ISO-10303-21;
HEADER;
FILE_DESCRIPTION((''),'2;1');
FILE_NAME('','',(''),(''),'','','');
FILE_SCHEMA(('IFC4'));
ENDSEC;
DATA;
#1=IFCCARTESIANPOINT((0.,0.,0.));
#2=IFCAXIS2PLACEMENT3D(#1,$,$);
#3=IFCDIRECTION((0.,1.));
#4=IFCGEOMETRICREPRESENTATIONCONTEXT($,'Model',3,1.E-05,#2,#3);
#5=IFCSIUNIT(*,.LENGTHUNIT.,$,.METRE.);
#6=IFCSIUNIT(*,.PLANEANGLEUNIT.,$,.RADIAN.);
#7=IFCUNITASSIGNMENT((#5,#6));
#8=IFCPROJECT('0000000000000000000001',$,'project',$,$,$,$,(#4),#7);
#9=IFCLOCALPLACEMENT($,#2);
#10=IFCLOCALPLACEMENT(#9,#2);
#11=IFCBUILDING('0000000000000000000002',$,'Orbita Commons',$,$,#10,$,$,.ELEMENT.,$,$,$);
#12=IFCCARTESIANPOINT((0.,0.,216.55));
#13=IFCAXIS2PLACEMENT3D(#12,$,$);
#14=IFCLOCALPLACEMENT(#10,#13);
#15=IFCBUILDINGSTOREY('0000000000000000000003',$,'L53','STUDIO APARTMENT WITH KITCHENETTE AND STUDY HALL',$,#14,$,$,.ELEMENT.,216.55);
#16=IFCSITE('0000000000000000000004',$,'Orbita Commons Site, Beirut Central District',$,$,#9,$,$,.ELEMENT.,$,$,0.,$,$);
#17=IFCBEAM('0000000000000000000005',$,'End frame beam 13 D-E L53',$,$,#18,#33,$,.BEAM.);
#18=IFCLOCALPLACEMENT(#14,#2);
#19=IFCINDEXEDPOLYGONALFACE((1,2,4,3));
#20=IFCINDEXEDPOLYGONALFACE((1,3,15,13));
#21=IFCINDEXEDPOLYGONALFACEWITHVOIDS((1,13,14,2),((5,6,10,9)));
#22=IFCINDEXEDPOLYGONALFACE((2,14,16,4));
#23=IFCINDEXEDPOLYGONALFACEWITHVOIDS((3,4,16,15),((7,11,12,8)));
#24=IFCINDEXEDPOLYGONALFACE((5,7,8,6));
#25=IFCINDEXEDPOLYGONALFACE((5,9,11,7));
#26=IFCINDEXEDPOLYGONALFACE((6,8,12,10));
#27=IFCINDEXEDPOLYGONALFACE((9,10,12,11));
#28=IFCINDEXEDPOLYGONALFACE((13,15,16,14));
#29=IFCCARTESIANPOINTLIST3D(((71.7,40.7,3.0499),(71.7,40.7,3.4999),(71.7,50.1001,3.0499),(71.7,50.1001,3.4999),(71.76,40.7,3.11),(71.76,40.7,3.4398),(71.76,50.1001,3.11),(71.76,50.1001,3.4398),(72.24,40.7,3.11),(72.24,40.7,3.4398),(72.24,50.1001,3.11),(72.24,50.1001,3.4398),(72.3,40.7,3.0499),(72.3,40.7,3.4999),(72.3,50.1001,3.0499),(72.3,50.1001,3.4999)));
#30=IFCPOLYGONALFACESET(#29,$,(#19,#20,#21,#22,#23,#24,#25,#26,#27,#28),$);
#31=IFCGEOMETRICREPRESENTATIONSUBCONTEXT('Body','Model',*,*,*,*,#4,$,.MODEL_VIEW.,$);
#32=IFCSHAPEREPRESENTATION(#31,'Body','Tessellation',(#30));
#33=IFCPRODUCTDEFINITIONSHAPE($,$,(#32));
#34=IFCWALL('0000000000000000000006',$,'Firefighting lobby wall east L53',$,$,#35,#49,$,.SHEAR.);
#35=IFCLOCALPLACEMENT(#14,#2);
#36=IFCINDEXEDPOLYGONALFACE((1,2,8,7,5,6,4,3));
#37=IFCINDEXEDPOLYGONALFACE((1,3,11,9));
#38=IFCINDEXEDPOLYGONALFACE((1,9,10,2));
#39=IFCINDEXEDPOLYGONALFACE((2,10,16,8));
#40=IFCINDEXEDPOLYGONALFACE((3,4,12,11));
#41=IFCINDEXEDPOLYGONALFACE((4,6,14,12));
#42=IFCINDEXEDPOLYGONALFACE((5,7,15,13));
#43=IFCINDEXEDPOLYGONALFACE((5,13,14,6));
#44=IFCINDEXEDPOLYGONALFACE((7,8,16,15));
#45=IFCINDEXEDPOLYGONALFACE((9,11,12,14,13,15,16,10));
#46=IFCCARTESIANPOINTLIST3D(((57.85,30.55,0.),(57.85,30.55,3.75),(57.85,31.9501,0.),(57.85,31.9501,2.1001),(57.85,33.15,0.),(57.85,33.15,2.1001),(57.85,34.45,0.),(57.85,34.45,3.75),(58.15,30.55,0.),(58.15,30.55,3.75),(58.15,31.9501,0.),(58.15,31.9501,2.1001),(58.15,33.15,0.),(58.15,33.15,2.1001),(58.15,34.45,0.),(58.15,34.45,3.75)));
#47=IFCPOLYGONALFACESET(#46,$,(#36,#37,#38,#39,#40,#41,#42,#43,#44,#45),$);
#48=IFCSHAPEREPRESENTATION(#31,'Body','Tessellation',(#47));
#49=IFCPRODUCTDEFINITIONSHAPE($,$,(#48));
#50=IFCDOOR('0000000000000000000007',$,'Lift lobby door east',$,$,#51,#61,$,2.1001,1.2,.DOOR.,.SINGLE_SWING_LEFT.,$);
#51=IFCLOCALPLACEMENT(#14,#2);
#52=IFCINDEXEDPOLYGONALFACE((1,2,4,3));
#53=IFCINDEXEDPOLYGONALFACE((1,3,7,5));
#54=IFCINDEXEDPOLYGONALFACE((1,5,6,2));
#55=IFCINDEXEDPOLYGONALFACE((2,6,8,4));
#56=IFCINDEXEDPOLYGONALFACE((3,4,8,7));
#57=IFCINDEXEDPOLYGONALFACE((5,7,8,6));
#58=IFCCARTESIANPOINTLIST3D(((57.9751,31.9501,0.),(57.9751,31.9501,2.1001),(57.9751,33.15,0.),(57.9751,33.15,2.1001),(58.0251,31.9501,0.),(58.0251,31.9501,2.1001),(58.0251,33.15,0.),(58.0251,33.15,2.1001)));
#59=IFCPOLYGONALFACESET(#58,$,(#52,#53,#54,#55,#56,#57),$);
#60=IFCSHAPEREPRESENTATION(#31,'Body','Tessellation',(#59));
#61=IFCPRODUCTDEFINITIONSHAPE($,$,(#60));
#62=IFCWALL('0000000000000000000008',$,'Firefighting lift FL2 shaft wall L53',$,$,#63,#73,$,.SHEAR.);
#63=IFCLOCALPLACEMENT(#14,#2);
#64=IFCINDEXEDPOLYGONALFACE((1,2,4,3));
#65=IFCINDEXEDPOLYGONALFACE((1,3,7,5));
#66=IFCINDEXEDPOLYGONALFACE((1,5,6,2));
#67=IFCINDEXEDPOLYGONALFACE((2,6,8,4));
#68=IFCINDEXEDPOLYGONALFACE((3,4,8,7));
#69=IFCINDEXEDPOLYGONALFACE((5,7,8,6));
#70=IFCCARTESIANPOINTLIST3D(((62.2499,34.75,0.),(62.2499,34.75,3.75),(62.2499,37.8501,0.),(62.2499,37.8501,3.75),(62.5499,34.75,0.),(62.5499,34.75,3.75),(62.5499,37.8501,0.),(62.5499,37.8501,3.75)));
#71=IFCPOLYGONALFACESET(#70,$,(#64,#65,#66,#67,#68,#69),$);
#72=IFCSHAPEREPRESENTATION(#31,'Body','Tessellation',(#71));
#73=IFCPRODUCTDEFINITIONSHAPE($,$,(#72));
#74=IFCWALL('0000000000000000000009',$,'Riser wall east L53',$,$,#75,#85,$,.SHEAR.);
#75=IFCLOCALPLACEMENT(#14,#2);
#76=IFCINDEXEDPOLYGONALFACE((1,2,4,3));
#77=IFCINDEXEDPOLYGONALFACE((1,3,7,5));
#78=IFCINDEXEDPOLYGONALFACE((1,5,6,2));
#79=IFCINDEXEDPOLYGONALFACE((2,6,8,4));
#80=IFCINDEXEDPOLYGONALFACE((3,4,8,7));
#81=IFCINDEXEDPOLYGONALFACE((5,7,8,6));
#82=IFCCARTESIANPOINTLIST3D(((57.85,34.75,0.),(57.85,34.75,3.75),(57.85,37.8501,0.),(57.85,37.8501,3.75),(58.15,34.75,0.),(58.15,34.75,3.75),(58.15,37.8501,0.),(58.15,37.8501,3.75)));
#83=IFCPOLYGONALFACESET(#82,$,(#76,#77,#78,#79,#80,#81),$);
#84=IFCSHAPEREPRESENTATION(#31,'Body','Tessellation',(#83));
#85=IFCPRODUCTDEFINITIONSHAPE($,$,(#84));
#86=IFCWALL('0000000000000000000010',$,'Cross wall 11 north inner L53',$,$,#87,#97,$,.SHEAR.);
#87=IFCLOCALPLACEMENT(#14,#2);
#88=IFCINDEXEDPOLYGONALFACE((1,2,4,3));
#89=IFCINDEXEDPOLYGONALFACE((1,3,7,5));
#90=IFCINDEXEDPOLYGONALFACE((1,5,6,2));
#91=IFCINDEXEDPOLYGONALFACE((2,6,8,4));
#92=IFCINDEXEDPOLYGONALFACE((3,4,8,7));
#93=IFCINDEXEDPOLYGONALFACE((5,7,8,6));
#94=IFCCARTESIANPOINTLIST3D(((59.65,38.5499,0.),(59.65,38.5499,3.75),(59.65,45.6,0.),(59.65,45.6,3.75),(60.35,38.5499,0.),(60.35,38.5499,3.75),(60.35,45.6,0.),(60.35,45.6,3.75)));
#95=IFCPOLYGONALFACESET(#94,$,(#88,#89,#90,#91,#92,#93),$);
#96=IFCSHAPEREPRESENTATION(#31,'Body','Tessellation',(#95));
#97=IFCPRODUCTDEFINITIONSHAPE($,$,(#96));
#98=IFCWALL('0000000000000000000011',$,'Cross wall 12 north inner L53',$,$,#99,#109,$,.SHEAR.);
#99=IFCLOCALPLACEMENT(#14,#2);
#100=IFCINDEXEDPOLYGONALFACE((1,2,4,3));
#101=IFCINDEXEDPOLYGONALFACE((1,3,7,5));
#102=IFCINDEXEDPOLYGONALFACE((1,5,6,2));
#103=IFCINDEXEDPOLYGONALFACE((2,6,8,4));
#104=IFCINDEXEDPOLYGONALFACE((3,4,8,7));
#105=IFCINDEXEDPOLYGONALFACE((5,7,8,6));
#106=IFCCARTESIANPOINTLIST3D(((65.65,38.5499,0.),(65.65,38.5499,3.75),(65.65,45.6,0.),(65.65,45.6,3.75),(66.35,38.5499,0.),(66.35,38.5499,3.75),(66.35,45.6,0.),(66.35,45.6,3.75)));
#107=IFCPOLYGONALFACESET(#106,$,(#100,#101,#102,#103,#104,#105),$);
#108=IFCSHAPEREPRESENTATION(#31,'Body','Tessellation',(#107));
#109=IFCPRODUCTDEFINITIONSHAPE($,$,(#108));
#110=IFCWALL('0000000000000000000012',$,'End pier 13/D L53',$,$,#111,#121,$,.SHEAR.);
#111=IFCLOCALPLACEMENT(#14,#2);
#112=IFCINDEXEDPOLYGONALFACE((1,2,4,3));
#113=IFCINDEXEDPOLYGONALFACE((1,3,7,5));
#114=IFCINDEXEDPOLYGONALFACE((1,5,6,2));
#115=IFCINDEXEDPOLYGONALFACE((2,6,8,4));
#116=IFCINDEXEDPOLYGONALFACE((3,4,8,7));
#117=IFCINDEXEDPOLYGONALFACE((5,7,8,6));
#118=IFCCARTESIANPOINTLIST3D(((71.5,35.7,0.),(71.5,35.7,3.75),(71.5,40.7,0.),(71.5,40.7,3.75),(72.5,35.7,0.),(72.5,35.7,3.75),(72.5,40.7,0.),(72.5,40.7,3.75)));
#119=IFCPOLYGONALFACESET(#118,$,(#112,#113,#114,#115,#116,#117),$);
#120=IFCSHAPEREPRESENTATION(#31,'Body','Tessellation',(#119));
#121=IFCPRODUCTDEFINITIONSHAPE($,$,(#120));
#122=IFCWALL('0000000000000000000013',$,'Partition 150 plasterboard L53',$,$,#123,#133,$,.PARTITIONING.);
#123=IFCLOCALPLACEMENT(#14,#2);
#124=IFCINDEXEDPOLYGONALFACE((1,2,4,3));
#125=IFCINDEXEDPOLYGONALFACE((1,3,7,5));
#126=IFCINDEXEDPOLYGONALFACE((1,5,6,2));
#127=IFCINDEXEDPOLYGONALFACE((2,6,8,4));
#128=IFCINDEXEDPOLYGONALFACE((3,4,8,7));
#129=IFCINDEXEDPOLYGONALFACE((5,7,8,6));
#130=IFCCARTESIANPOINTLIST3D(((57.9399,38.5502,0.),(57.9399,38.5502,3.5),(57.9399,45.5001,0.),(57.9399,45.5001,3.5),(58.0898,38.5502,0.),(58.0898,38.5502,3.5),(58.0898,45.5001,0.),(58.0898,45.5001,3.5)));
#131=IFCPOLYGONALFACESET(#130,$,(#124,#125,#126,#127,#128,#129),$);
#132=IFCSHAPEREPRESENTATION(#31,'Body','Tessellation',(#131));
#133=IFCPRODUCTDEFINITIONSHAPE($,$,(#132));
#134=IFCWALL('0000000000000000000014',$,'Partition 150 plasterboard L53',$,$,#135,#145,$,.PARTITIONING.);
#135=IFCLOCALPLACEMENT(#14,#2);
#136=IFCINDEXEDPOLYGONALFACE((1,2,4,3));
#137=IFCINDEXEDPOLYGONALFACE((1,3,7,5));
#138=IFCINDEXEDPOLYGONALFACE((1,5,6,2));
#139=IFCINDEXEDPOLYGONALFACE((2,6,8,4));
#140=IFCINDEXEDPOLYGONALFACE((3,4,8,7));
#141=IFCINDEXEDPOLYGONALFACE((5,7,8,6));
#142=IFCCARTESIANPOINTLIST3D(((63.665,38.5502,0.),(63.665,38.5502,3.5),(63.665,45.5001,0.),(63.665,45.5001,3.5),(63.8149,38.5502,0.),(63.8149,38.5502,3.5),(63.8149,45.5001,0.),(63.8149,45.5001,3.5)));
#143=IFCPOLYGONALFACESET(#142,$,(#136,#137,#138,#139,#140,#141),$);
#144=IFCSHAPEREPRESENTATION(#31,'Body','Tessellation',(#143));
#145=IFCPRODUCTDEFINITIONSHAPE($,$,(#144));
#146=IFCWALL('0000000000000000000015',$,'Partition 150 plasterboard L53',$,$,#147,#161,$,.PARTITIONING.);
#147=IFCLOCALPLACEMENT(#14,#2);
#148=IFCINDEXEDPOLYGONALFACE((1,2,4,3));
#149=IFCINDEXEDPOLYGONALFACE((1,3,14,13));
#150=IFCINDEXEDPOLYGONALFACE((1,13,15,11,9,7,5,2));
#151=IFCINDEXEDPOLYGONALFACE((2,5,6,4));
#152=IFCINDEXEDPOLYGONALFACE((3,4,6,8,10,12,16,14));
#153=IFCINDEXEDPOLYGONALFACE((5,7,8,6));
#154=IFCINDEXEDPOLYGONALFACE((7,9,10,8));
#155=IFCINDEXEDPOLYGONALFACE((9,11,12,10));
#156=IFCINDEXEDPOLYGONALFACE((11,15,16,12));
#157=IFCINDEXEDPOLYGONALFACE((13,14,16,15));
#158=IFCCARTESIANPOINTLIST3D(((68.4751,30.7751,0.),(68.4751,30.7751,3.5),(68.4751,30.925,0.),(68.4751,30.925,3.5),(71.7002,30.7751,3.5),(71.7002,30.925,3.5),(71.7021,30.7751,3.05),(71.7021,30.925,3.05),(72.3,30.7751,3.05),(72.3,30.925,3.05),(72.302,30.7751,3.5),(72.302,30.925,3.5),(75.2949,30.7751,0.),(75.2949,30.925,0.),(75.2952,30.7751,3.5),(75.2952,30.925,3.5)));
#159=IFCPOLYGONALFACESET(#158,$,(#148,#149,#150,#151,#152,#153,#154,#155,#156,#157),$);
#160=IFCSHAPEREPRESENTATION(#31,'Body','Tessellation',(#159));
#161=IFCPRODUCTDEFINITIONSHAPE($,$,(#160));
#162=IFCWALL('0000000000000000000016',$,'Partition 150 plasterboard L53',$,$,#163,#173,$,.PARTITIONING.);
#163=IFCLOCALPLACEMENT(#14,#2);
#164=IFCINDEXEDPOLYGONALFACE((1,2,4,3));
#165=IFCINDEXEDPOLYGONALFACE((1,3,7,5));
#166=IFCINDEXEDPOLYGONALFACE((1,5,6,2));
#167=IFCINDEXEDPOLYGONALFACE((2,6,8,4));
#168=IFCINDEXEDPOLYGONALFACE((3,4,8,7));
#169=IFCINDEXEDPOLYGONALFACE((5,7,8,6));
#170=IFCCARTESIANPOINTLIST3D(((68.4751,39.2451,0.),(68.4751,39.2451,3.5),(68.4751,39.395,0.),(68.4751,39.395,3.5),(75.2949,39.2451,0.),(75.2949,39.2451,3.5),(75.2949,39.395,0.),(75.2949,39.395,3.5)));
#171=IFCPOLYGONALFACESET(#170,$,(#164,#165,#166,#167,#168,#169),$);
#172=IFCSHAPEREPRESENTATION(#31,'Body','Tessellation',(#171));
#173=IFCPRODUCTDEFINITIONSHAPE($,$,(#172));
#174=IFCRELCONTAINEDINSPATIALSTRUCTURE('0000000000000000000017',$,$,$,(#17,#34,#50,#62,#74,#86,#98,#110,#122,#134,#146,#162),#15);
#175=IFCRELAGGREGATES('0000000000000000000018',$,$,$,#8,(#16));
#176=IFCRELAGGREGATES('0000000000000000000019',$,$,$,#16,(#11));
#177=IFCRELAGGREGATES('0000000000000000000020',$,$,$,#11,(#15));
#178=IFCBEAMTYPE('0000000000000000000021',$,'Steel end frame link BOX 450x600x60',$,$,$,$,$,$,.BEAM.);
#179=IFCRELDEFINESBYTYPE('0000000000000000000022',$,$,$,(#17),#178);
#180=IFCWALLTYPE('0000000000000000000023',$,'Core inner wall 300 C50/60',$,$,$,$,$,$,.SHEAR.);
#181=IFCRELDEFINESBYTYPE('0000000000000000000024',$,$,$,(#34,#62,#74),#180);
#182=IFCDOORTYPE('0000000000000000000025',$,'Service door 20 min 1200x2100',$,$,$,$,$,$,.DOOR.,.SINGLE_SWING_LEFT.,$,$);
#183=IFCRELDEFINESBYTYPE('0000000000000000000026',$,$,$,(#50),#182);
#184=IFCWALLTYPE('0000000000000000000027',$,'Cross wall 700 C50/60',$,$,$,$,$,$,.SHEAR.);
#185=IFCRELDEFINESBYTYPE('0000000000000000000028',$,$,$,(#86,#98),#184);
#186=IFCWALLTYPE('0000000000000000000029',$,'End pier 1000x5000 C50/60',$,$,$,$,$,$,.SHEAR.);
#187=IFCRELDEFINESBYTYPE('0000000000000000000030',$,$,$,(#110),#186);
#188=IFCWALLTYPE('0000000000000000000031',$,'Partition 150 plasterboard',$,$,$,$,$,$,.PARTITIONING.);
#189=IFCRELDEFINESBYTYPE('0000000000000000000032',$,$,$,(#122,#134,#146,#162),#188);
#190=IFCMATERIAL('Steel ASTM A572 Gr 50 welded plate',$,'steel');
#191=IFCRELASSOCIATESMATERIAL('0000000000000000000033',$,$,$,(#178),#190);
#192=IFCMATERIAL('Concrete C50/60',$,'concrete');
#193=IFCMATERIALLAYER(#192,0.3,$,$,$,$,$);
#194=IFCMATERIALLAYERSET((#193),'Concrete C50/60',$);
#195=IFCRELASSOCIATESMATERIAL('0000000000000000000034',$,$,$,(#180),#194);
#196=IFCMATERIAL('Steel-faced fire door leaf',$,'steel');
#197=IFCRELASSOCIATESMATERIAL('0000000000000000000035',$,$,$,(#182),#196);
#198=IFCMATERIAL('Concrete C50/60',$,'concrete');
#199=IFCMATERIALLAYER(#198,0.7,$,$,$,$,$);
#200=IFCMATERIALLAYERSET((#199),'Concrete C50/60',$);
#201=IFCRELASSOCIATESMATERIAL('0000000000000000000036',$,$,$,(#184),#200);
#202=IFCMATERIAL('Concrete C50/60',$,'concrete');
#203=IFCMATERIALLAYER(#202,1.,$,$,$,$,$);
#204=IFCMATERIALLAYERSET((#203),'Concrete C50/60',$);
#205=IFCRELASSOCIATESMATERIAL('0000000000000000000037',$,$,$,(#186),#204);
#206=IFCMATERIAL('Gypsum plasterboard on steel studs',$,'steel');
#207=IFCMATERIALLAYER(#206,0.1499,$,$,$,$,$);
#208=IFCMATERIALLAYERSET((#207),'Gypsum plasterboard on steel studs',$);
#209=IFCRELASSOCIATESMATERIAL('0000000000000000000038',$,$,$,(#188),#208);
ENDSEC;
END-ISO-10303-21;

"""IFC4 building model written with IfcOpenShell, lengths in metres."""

from ifc_helpers import new_model, si_unit, direction, frame, frame_2d, origin, origin_2d, place, context, subcontext, project, spatial, polyline, rectangle, hollow_rectangle, outline, extrude, material, layer, layer_set, material_profile, profile_set, type_object, element, fill, save


model = new_model("IFC4")

# Units and contexts
model_context = context("Model", 3, precision=1e-05, world=origin(), true_north=direction((0.0, 1.0)))
body_context = subcontext(model_context, "Body", "Model", "MODEL_VIEW")
ifc_project = project(units=[si_unit("LENGTHUNIT", "METRE"), si_unit("PLANEANGLEUNIT", "RADIAN")], contexts=[model_context])

# Site, building, storey
site_placement = place(None, origin())
site = spatial("IfcSite", under=ifc_project, at=site_placement, Name="Orbita Commons Site, Beirut Central District", CompositionType="ELEMENT", RefElevation=0.0)
building_placement = place(site_placement, origin())
building = spatial("IfcBuilding", under=site, at=building_placement, Name="Orbita Commons", CompositionType="ELEMENT")
storey_placement = place(building_placement, frame((0.0, 0.0, 216.55)))
storey = spatial("IfcBuildingStorey", under=building, at=storey_placement, Name="L53", Description="STUDIO APARTMENT WITH KITCHENETTE AND STUDY HALL", CompositionType="ELEMENT", Elevation=216.55)

# Beam
ifc_material_1 = material(Name="Steel ASTM A572 Gr 50 welded plate", Category="steel")
ifc_material_profile = material_profile(ifc_material_1, hollow_rectangle(XDim=0.6001, YDim=0.45, WallThickness=0.0601, at=origin_2d()), Name="BOX 450x600x60")
ifc_profile_set = profile_set([ifc_material_profile], Name="Steel ASTM A572 Gr 50 welded plate")
beam_type = type_object("IfcBeamType", Name="Steel end frame link BOX 450x600x60", PredefinedType="BEAM", material=ifc_profile_set)
beam_placement = place(storey_placement, frame((72.0, 40.7, 3.2749), z_axis=(0.0, 1.0, 0.0), x_axis=(-1.0, 0.0, 0.0)))
element("IfcBeam", 1, at=beam_placement, inside=storey, type_object=beam_type, Name="End frame beam 13 D-E L53", PredefinedType="BEAM", context=body_context, shape_type="SweptSolid", body=[
    extrude(hollow_rectangle(XDim=0.6001, YDim=0.45, WallThickness=0.0601, at=origin_2d()), origin(), (0.0, 0.0, 1.0), 9.4001),
])

# Wall, opening, door
ifc_material_2 = material(Name="Concrete C50/60", Category="concrete")
ifc_layer_1 = layer(ifc_material_2, 0.3)
ifc_layer_set_1 = layer_set([ifc_layer_1], Name="Concrete C50/60")
wall_type_1 = type_object("IfcWallType", Name="Core inner wall 300 C50/60", PredefinedType="SHEAR", material=ifc_layer_set_1)
wall_1_placement = place(storey_placement, frame((58.0, 30.55, 0.0), z_axis=(0.0, 0.0, 1.0), x_axis=(0.0, 1.0, 0.0)))
wall_1 = element("IfcWall", 2, at=wall_1_placement, inside=storey, type_object=wall_type_1, Name="Firefighting lobby wall east L53", PredefinedType="SHEAR", context=body_context, shape_type="SweptSolid", body=[
    extrude(rectangle(XDim=3.8999, YDim=0.3, at=frame_2d((1.95, 0.0))), origin(), (0.0, 0.0, 1.0), 3.75),
])
opening_1_placement = place(wall_1_placement, frame((1.3999, 0.0, 0.0)))
opening_1 = element("IfcOpeningElement", 3, at=opening_1_placement, cuts=wall_1, PredefinedType="OPENING", context=body_context, shape_type="SweptSolid", body=[
    extrude(rectangle(XDim=1.2, YDim=2.1001, at=frame_2d((0.6001, 1.05))), frame((0.0, 0.1599, 0.0), z_axis=(0.0, -1.0, 0.0), x_axis=(1.0, 0.0, 0.0)), (0.0, 0.0, 1.0), 0.3201),
])
ifc_material_3 = material(Name="Steel-faced fire door leaf", Category="steel")
door_type = type_object("IfcDoorType", Name="Service door 20 min 1200x2100", OperationType="SINGLE_SWING_LEFT", PredefinedType="DOOR", material=ifc_material_3)
door_placement = place(opening_1_placement, origin())
door = element("IfcDoor", 4, at=door_placement, inside=storey, type_object=door_type, Name="Lift lobby door east", OperationType="SINGLE_SWING_LEFT", OverallHeight=2.1001, OverallWidth=1.2, PredefinedType="DOOR", context=body_context, shape_type="SweptSolid", body=[
    extrude(rectangle(XDim=1.2, YDim=2.1001, at=frame_2d((0.6001, 1.05))), frame((0.0, 0.0249, 0.0), z_axis=(0.0, -1.0, 0.0), x_axis=(1.0, 0.0, 0.0)), (0.0, 0.0, 1.0), 0.05),
])
fill(opening_1, door)

# Walls
for number, where, z_axis, x_axis, name in (
    (5, (62.3999, 34.75, 0.0), (0.0, 0.0, 1.0), (0.0, 1.0, 0.0), "Firefighting lift FL2 shaft wall L53"),
    (6, (58.0, 34.75, 0.0), (0.0, 0.0, 1.0), (0.0, 1.0, 0.0), "Riser wall east L53"),
):
    element("IfcWall", number, at=place(storey_placement, frame(where, z_axis=z_axis, x_axis=x_axis)), inside=storey, type_object=wall_type_1, Name=name, PredefinedType="SHEAR", context=body_context, shape_type="SweptSolid", body=[
        extrude(rectangle(XDim=3.1001, YDim=0.3, at=frame_2d((1.55, 0.0))), origin(), (0.0, 0.0, 1.0), 3.75),
    ])
ifc_material_4 = material(Name="Concrete C50/60", Category="concrete")
ifc_layer_2 = layer(ifc_material_4, 0.7)
ifc_layer_set_2 = layer_set([ifc_layer_2], Name="Concrete C50/60")
wall_type_2 = type_object("IfcWallType", Name="Cross wall 700 C50/60", PredefinedType="SHEAR", material=ifc_layer_set_2)
for number, where, z_axis, x_axis, name in (
    (7, (60.0, 38.55, 0.0), (0.0, 0.0, 1.0), (0.0, 1.0, 0.0), "Cross wall 11 north inner L53"),
    (8, (66.0, 38.55, 0.0), (0.0, 0.0, 1.0), (0.0, 1.0, 0.0), "Cross wall 12 north inner L53"),
):
    element("IfcWall", number, at=place(storey_placement, frame(where, z_axis=z_axis, x_axis=x_axis)), inside=storey, type_object=wall_type_2, Name=name, PredefinedType="SHEAR", context=body_context, shape_type="SweptSolid", body=[
        extrude(rectangle(XDim=7.05, YDim=0.7, at=frame_2d((3.5249, 0.0))), origin(), (0.0, 0.0, 1.0), 3.75),
    ])
ifc_material_5 = material(Name="Concrete C50/60", Category="concrete")
ifc_layer_3 = layer(ifc_material_5, 1.0)
ifc_layer_set_3 = layer_set([ifc_layer_3], Name="Concrete C50/60")
wall_type_3 = type_object("IfcWallType", Name="End pier 1000x5000 C50/60", PredefinedType="SHEAR", material=ifc_layer_set_3)
wall_2_placement = place(storey_placement, frame((72.0, 35.7, 0.0), z_axis=(0.0, 0.0, 1.0), x_axis=(0.0, 1.0, 0.0)))
element("IfcWall", 9, at=wall_2_placement, inside=storey, type_object=wall_type_3, Name="End pier 13/D L53", PredefinedType="SHEAR", context=body_context, shape_type="SweptSolid", body=[
    extrude(rectangle(XDim=5.0, YDim=1.0, at=frame_2d((2.5, 0.0))), origin(), (0.0, 0.0, 1.0), 3.75),
])
ifc_material_6 = material(Name="Gypsum plasterboard on steel studs", Category="steel")
ifc_layer_4 = layer(ifc_material_6, 0.1499)
ifc_layer_set_4 = layer_set([ifc_layer_4], Name="Gypsum plasterboard on steel studs")
wall_type_4 = type_object("IfcWallType", Name="Partition 150 plasterboard", PredefinedType="PARTITIONING", material=ifc_layer_set_4)
for number, where, z_axis, x_axis, name in (
    (10, (58.0149, 38.55, 0.0), (0.0, 0.0, 1.0), (0.0, 1.0, 0.0), "Partition 150 plasterboard L53"),
    (11, (63.74, 38.55, 0.0), (0.0, 0.0, 1.0), (0.0, 1.0, 0.0), "Partition 150 plasterboard L53"),
):
    element("IfcWall", number, at=place(storey_placement, frame(where, z_axis=z_axis, x_axis=x_axis)), inside=storey, type_object=wall_type_4, Name=name, PredefinedType="PARTITIONING", context=body_context, shape_type="SweptSolid", body=[
        extrude(rectangle(XDim=6.95, YDim=0.1499, at=frame_2d((3.4751, 0.0))), origin(), (0.0, 0.0, 1.0), 3.5),
    ])
wall_3_placement = place(storey_placement, frame((68.4751, 30.8501, 0.0), z_axis=(0.0, 0.0, 1.0), x_axis=(1.0, 0.0, 0.0)))
element("IfcWall", 12, at=wall_3_placement, inside=storey, type_object=wall_type_4, Name="Partition 150 plasterboard L53", PredefinedType="PARTITIONING", context=body_context, shape_type="SweptSolid", body=[
    extrude(outline(polyline([(0.0, 0.0), (6.8198, 0.0), (6.8201, 3.5), (3.8269, 3.5), (3.825, 3.05), (3.2271, 3.05), (3.2251, 3.5), (0.0, 3.5), (0.0, 0.0)])), frame((0.0, 0.075, 0.0), z_axis=(0.0, -1.0, 0.0), x_axis=(1.0, 0.0, 0.0)), (0.0, 0.0, 1.0), 0.1499),
])
wall_4_placement = place(storey_placement, frame((68.4751, 39.3201, 0.0), z_axis=(0.0, 0.0, 1.0), x_axis=(1.0, 0.0, 0.0)))
element("IfcWall", 13, at=wall_4_placement, inside=storey, type_object=wall_type_4, Name="Partition 150 plasterboard L53", PredefinedType="PARTITIONING", context=body_context, shape_type="SweptSolid", body=[
    extrude(rectangle(XDim=6.8198, YDim=0.1499, at=frame_2d((3.4099, 0.0))), origin(), (0.0, 0.0, 1.0), 3.5),
])

save(model, "model.ifc")
